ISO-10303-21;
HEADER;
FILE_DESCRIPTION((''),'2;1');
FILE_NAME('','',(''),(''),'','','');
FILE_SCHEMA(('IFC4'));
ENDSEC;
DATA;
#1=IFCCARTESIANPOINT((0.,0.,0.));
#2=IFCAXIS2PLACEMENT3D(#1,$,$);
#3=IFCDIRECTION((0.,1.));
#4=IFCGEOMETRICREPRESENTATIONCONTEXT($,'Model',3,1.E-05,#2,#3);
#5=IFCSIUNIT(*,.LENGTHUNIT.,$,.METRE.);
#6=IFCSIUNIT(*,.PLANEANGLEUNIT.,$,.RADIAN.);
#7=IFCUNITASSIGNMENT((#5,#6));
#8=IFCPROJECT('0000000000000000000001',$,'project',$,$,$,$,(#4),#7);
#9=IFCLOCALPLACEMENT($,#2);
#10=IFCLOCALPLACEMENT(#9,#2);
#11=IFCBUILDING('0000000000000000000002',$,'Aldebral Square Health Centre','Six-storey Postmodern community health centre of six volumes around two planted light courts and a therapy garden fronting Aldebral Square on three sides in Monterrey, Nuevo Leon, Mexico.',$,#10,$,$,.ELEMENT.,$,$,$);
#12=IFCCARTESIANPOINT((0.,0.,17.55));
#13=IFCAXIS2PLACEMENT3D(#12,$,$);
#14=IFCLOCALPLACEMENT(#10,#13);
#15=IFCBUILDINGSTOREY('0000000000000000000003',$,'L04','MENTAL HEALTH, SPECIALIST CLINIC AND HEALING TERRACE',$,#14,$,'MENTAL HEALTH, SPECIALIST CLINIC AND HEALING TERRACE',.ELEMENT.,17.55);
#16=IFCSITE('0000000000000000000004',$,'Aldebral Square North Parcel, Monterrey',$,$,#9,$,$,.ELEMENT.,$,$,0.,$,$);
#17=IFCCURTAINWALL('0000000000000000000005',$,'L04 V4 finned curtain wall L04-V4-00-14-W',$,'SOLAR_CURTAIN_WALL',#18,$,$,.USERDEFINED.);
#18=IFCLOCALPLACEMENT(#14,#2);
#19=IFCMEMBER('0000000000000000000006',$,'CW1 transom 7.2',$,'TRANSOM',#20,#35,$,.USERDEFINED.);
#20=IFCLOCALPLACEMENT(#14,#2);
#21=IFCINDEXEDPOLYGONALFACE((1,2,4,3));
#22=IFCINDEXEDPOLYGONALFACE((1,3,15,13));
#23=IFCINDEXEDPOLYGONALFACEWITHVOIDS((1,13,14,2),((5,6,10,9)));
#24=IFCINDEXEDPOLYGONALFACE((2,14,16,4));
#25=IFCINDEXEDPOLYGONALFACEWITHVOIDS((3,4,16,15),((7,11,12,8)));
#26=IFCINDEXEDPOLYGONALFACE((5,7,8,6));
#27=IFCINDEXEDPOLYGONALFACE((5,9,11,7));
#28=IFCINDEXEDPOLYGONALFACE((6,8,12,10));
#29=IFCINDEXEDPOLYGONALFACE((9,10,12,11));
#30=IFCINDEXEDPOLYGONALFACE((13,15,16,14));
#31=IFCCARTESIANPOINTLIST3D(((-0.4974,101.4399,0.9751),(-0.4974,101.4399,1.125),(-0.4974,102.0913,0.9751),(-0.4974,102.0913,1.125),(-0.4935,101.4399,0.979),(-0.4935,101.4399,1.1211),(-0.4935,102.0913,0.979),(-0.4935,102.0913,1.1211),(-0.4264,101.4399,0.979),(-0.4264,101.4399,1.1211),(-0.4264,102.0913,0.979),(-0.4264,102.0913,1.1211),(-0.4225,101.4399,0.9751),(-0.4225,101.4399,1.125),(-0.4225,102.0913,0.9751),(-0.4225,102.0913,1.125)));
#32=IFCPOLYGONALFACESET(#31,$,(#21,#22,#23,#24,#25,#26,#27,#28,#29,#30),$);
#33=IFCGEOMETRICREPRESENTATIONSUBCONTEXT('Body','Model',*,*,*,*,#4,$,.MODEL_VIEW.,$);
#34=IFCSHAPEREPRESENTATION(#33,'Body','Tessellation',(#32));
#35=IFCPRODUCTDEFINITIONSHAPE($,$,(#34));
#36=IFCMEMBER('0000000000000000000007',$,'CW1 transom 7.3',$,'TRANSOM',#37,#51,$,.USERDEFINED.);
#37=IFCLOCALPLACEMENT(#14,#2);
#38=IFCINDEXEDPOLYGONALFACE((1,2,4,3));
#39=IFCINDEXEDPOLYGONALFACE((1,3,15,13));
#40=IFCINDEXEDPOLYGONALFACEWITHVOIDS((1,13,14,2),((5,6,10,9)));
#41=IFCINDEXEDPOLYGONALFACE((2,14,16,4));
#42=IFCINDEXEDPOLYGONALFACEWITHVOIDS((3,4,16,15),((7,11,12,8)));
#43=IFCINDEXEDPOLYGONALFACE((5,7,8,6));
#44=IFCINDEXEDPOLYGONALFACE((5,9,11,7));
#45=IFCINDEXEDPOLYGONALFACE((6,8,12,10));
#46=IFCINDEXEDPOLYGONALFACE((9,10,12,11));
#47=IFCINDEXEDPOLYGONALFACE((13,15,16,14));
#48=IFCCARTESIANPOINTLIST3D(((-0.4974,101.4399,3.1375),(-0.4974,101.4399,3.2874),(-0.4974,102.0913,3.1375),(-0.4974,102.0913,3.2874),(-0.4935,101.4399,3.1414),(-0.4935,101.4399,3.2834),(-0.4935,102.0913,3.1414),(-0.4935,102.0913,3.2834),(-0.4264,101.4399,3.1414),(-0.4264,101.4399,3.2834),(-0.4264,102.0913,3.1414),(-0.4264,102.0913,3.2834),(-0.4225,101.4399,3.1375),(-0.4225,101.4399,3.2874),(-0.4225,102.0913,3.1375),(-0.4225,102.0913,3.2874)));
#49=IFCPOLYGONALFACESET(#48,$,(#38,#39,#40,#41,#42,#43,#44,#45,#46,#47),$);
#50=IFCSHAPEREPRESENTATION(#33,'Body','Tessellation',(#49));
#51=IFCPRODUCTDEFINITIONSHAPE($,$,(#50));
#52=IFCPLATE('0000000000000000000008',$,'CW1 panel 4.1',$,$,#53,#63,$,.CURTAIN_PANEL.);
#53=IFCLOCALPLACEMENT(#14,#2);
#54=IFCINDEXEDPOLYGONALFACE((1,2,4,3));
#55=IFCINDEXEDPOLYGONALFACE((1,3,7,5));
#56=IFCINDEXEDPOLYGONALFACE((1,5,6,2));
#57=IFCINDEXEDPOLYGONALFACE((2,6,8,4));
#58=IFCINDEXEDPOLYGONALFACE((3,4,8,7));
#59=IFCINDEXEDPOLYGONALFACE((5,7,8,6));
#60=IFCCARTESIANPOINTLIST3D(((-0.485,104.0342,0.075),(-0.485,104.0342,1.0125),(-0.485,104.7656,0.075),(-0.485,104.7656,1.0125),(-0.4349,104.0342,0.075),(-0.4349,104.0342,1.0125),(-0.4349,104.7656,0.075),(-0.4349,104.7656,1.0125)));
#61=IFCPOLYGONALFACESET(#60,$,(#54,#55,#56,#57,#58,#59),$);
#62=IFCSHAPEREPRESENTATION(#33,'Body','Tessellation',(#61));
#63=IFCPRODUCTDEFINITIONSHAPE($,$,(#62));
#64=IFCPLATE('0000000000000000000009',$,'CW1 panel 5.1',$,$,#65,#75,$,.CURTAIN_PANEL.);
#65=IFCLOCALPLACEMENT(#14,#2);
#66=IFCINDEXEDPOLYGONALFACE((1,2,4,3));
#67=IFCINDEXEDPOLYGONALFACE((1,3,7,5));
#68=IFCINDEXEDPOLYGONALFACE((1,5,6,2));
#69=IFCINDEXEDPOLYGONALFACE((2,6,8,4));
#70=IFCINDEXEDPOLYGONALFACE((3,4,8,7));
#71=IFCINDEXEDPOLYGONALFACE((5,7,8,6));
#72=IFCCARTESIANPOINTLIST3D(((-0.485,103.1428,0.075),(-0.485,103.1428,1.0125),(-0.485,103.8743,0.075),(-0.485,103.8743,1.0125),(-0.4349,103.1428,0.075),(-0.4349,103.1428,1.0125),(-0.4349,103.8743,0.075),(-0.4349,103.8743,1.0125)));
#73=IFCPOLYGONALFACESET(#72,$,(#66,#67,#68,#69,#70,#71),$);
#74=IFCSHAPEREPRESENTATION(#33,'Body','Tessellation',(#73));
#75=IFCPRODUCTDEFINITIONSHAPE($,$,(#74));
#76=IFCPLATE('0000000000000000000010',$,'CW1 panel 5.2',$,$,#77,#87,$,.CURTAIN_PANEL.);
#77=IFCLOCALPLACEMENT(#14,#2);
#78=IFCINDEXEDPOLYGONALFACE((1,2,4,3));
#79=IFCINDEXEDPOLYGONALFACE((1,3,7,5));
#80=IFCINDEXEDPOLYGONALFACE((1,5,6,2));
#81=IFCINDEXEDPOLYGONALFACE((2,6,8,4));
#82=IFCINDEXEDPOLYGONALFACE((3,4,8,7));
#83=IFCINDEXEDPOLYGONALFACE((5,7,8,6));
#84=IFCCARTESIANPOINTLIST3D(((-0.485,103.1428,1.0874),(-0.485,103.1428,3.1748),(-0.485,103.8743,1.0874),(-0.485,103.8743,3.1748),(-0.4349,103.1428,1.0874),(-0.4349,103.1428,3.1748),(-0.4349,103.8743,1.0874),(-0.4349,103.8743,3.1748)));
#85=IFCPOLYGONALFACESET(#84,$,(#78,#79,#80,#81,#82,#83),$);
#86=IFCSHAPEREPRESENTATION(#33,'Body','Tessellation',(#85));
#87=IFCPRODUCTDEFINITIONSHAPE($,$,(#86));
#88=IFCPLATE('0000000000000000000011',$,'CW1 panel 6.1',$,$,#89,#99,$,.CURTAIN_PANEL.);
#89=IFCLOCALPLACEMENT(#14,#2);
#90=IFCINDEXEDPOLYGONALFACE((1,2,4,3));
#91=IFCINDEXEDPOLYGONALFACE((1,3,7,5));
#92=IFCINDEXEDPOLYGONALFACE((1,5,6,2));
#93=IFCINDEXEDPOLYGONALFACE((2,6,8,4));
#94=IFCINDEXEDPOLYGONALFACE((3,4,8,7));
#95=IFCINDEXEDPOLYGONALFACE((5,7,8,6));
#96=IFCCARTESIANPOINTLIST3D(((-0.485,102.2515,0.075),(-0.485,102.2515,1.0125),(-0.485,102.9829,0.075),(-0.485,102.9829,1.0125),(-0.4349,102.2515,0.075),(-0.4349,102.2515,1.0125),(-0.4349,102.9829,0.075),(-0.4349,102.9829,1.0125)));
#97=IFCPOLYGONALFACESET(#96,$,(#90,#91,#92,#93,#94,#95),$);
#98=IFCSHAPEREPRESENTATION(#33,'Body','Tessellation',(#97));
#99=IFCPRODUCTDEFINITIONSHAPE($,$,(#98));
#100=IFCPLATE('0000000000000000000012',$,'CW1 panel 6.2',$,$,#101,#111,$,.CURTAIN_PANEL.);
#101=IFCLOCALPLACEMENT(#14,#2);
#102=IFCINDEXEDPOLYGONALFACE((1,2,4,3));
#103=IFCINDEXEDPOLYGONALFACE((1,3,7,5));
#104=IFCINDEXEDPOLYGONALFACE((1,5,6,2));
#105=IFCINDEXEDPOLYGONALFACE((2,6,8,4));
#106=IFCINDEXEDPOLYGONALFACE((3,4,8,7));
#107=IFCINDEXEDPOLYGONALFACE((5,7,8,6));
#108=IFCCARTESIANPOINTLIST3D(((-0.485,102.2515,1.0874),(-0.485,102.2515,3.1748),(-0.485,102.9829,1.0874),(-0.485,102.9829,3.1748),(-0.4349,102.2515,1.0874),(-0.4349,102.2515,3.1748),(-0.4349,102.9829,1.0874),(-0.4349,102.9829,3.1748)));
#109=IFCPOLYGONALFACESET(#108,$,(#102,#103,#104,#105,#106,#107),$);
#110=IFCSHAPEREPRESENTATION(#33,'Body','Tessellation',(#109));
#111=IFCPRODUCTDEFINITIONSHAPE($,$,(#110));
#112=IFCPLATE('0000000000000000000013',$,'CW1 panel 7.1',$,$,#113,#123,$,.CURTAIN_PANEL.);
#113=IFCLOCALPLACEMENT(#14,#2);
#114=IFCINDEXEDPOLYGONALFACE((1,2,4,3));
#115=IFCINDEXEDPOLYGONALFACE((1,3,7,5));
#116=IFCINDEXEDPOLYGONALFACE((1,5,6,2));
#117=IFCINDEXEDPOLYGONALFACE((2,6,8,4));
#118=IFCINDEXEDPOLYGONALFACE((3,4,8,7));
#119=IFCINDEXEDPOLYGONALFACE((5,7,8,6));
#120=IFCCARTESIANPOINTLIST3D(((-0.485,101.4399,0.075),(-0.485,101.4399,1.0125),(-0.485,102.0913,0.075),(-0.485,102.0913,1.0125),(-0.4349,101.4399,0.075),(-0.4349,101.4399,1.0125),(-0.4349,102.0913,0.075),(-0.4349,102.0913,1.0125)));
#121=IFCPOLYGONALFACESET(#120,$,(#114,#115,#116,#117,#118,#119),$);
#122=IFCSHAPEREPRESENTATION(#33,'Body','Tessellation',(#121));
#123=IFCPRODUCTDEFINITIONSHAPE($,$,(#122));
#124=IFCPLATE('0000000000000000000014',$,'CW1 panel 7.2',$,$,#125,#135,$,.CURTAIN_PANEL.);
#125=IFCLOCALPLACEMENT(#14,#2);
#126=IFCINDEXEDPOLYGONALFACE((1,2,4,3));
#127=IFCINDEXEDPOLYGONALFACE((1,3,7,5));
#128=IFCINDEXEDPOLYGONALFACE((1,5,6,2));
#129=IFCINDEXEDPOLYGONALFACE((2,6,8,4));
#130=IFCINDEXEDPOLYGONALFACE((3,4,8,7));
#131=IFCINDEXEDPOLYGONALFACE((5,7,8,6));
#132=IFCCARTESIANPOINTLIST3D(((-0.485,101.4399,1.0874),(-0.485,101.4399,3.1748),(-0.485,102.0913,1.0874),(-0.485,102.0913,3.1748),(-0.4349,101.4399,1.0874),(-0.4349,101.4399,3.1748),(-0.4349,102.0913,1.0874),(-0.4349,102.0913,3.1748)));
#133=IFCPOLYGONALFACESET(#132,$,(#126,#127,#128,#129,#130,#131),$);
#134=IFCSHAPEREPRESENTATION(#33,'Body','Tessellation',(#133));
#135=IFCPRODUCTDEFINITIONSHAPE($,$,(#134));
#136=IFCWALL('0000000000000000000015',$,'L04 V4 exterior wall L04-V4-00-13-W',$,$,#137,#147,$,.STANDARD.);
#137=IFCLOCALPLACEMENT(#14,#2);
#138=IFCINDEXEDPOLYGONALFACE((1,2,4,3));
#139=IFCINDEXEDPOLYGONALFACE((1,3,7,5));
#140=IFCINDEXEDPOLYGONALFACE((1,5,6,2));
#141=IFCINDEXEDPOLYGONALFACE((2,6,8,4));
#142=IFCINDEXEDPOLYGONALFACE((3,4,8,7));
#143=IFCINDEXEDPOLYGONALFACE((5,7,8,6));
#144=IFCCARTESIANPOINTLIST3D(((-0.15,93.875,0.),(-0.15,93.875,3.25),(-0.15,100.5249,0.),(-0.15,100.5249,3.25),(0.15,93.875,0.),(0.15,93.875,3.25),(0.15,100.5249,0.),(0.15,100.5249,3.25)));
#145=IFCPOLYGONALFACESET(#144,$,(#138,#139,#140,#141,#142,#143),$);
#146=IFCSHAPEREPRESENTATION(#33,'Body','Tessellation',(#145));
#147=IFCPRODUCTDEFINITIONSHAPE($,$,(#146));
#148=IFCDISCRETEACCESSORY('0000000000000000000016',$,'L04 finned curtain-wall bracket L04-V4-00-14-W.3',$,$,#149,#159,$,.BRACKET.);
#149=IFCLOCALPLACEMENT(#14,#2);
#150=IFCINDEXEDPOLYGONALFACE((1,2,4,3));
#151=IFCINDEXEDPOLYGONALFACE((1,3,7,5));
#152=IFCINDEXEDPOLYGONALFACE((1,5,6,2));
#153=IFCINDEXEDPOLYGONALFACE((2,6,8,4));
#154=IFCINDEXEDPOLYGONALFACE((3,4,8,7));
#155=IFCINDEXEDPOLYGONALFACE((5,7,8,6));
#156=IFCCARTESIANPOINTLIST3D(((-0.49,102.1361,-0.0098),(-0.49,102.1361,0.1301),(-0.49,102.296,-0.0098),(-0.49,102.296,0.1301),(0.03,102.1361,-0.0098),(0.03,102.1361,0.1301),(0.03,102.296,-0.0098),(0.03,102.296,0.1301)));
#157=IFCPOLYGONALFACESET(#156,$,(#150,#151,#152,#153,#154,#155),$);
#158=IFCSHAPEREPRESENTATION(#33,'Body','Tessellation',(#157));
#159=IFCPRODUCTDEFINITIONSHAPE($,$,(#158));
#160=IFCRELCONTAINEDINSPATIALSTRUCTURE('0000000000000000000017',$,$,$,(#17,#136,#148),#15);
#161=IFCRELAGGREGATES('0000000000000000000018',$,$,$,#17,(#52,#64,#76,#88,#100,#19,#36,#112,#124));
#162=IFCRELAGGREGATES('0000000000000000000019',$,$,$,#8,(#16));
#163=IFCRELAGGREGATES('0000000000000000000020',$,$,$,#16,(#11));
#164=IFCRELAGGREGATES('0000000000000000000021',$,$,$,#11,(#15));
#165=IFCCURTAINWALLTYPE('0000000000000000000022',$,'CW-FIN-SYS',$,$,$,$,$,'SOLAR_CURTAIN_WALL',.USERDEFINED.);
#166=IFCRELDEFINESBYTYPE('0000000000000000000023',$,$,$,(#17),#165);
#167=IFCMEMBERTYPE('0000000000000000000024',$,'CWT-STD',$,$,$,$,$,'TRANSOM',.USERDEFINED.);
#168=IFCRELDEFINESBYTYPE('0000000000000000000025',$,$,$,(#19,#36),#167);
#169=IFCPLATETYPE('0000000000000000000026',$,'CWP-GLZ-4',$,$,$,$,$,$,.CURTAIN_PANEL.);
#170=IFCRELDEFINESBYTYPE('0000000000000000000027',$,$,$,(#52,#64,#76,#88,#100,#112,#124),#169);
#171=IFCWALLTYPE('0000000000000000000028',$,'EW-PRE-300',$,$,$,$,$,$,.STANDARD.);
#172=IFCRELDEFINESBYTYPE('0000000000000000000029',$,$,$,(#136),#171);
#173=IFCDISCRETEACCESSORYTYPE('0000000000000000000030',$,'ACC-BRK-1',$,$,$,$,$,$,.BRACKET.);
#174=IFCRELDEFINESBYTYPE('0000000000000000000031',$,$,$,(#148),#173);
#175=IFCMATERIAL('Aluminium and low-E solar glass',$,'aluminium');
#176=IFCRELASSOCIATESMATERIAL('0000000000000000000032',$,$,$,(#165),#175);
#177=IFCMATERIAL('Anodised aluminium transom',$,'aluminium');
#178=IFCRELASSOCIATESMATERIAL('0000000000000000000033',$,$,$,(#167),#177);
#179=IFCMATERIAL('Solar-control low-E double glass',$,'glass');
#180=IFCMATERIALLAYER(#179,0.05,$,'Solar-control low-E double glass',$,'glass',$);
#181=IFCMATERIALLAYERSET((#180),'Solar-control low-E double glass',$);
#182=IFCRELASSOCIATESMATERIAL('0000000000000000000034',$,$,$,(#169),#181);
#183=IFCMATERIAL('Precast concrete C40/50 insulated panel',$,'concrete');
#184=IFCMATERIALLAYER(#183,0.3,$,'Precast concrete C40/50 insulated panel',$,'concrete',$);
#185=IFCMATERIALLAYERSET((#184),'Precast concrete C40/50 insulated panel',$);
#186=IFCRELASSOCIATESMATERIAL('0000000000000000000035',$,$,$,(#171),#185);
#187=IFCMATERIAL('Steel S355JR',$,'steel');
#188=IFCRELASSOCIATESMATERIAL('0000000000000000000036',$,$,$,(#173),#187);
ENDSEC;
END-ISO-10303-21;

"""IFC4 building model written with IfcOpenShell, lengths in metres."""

from ifc_helpers import new_model, si_unit, direction, frame, frame_2d, origin, origin_2d, place, context, subcontext, project, spatial, rectangle, hollow_rectangle, extrude, material, layer, layer_set, material_profile, profile_set, type_object, element, aggregate, save


model = new_model("IFC4")

# Units and contexts
model_context = context("Model", 3, precision=1e-05, world=origin(), true_north=direction((0.0, 1.0)))
body_context = subcontext(model_context, "Body", "Model", "MODEL_VIEW")
ifc_project = project(units=[si_unit("LENGTHUNIT", "METRE"), si_unit("PLANEANGLEUNIT", "RADIAN")], contexts=[model_context])

# Site, building, storey
site_placement = place(None, origin())
site = spatial("IfcSite", under=ifc_project, at=site_placement, Name="Aldebral Square North Parcel, Monterrey", CompositionType="ELEMENT", RefElevation=0.0)
building_placement = place(site_placement, origin())
building = spatial("IfcBuilding", under=site, at=building_placement, Name="Aldebral Square Health Centre", Description="Six-storey Postmodern community health centre of six volumes around two planted light courts and a therapy garden fronting Aldebral Square on three sides in Monterrey, Nuevo Leon, Mexico.", CompositionType="ELEMENT")
storey_placement = place(building_placement, frame((0.0, 0.0, 17.55)))
storey = spatial("IfcBuildingStorey", under=building, at=storey_placement, Name="L04", Description="MENTAL HEALTH, SPECIALIST CLINIC AND HEALING TERRACE", LongName="MENTAL HEALTH, SPECIALIST CLINIC AND HEALING TERRACE", CompositionType="ELEMENT", Elevation=17.55)

# Curtain wall, members, plates
ifc_material_1 = material(Name="Aluminium and low-E solar glass", Category="aluminium")
curtain_wall_type = type_object("IfcCurtainWallType", Name="CW-FIN-SYS", ElementType="SOLAR_CURTAIN_WALL", PredefinedType="USERDEFINED", material=ifc_material_1)
curtain_wall_placement = place(storey_placement, origin())
curtain_wall = element("IfcCurtainWall", 1, at=curtain_wall_placement, inside=storey, type_object=curtain_wall_type, Name="L04 V4 finned curtain wall L04-V4-00-14-W", ObjectType="SOLAR_CURTAIN_WALL", PredefinedType="USERDEFINED")
ifc_material_2 = material(Name="Anodised aluminium transom", Category="aluminium")
ifc_material_profile_1 = material_profile(ifc_material_2, hollow_rectangle(XDim=0.075, YDim=0.1499, WallThickness=0.0039, at=origin_2d()), Name="CWT 75x150x4")
ifc_profile_set_1 = profile_set([ifc_material_profile_1], Name="Anodised aluminium transom")
member_type_1 = type_object("IfcMemberType", Name="CWT-STD", ElementType="TRANSOM", PredefinedType="USERDEFINED", material=ifc_profile_set_1)
member_1_placement = place(storey_placement, frame((-0.46, 102.0913, 1.05), z_axis=(0.0, -1.0, 0.0), x_axis=(1.0, 0.0, 0.0)))
member_1 = element("IfcMember", 2, at=member_1_placement, type_object=member_type_1, Name="CW1 transom 7.2", ObjectType="TRANSOM", PredefinedType="USERDEFINED", context=body_context, shape_type="SweptSolid", body=[
    extrude(hollow_rectangle(XDim=0.075, YDim=0.1499, WallThickness=0.0039, at=origin_2d()), origin(), (0.0, 0.0, 1.0), 0.6514),
])
member_2_placement = place(storey_placement, frame((-0.46, 102.0913, 3.2124), z_axis=(0.0, -1.0, 0.0), x_axis=(1.0, 0.0, 0.0)))
member_2 = element("IfcMember", 3, at=member_2_placement, type_object=member_type_1, Name="CW1 transom 7.3", ObjectType="TRANSOM", PredefinedType="USERDEFINED", context=body_context, shape_type="SweptSolid", body=[
    extrude(hollow_rectangle(XDim=0.075, YDim=0.1499, WallThickness=0.0039, at=origin_2d()), origin(), (0.0, 0.0, 1.0), 0.6514),
])
ifc_material_3 = material(Name="Solar-control low-E double glass", Category="glass")
ifc_layer_1 = layer(ifc_material_3, 0.05, Name="Solar-control low-E double glass", Category="glass")
ifc_layer_set_1 = layer_set([ifc_layer_1], Name="Solar-control low-E double glass")
plate_type = type_object("IfcPlateType", Name="CWP-GLZ-4", PredefinedType="CURTAIN_PANEL", material=ifc_layer_set_1)
plate_1_placement = place(storey_placement, frame((-0.46, 104.3999, 0.075), z_axis=(0.0, 0.0, 1.0), x_axis=(0.0, -1.0, 0.0)))
plate_1 = element("IfcPlate", 4, at=plate_1_placement, type_object=plate_type, Name="CW1 panel 4.1", PredefinedType="CURTAIN_PANEL", context=body_context, shape_type="SweptSolid", body=[
    extrude(rectangle(XDim=0.7314, YDim=0.05, at=origin_2d()), origin(), (0.0, 0.0, 1.0), 0.9375),
])
plate_2_placement = place(storey_placement, frame((-0.46, 103.5085, 0.075), z_axis=(0.0, 0.0, 1.0), x_axis=(0.0, -1.0, 0.0)))
plate_2 = element("IfcPlate", 5, at=plate_2_placement, type_object=plate_type, Name="CW1 panel 5.1", PredefinedType="CURTAIN_PANEL", context=body_context, shape_type="SweptSolid", body=[
    extrude(rectangle(XDim=0.7314, YDim=0.05, at=origin_2d()), origin(), (0.0, 0.0, 1.0), 0.9375),
])
plate_3_placement = place(storey_placement, frame((-0.46, 103.5085, 1.0874), z_axis=(0.0, 0.0, 1.0), x_axis=(0.0, -1.0, 0.0)))
plate_3 = element("IfcPlate", 6, at=plate_3_placement, type_object=plate_type, Name="CW1 panel 5.2", PredefinedType="CURTAIN_PANEL", context=body_context, shape_type="SweptSolid", body=[
    extrude(rectangle(XDim=0.7314, YDim=0.05, at=origin_2d()), origin(), (0.0, 0.0, 1.0), 2.0874),
])
plate_4_placement = place(storey_placement, frame((-0.46, 102.6172, 0.075), z_axis=(0.0, 0.0, 1.0), x_axis=(0.0, -1.0, 0.0)))
plate_4 = element("IfcPlate", 7, at=plate_4_placement, type_object=plate_type, Name="CW1 panel 6.1", PredefinedType="CURTAIN_PANEL", context=body_context, shape_type="SweptSolid", body=[
    extrude(rectangle(XDim=0.7314, YDim=0.05, at=origin_2d()), origin(), (0.0, 0.0, 1.0), 0.9375),
])
plate_5_placement = place(storey_placement, frame((-0.46, 102.6172, 1.0874), z_axis=(0.0, 0.0, 1.0), x_axis=(0.0, -1.0, 0.0)))
plate_5 = element("IfcPlate", 8, at=plate_5_placement, type_object=plate_type, Name="CW1 panel 6.2", PredefinedType="CURTAIN_PANEL", context=body_context, shape_type="SweptSolid", body=[
    extrude(rectangle(XDim=0.7314, YDim=0.05, at=origin_2d()), origin(), (0.0, 0.0, 1.0), 2.0874),
])
plate_6_placement = place(storey_placement, frame((-0.46, 101.7656, 0.075), z_axis=(0.0, 0.0, 1.0), x_axis=(0.0, -1.0, 0.0)))
plate_6 = element("IfcPlate", 9, at=plate_6_placement, type_object=plate_type, Name="CW1 panel 7.1", PredefinedType="CURTAIN_PANEL", context=body_context, shape_type="SweptSolid", body=[
    extrude(rectangle(XDim=0.6514, YDim=0.05, at=origin_2d()), origin(), (0.0, 0.0, 1.0), 0.9375),
])
plate_7_placement = place(storey_placement, frame((-0.46, 101.7656, 1.0874), z_axis=(0.0, 0.0, 1.0), x_axis=(0.0, -1.0, 0.0)))
plate_7 = element("IfcPlate", 10, at=plate_7_placement, type_object=plate_type, Name="CW1 panel 7.2", PredefinedType="CURTAIN_PANEL", context=body_context, shape_type="SweptSolid", body=[
    extrude(rectangle(XDim=0.6514, YDim=0.05, at=origin_2d()), origin(), (0.0, 0.0, 1.0), 2.0874),
])
aggregate(curtain_wall, [plate_1, plate_2, plate_3, plate_4, plate_5, member_1, member_2, plate_6, plate_7])

# Wall
ifc_material_4 = material(Name="Precast concrete C40/50 insulated panel", Category="concrete")
ifc_layer_2 = layer(ifc_material_4, 0.3, Name="Precast concrete C40/50 insulated panel", Category="concrete")
ifc_layer_set_2 = layer_set([ifc_layer_2], Name="Precast concrete C40/50 insulated panel")
wall_type = type_object("IfcWallType", Name="EW-PRE-300", PredefinedType="STANDARD", material=ifc_layer_set_2)
wall_placement = place(storey_placement, frame((0.0, 100.5249, 0.0), z_axis=(0.0, 0.0, 1.0), x_axis=(0.0, -1.0, 0.0)))
element("IfcWall", 11, at=wall_placement, inside=storey, type_object=wall_type, Name="L04 V4 exterior wall L04-V4-00-13-W", PredefinedType="STANDARD", context=body_context, shape_type="SweptSolid", body=[
    extrude(rectangle(XDim=6.6499, YDim=0.3, at=frame_2d((3.325, 0.0))), origin(), (0.0, 0.0, 1.0), 3.25),
])

# Discrete accessory
ifc_material_5 = material(Name="Steel S355JR", Category="steel")
discrete_accessory_type = type_object("IfcDiscreteAccessoryType", Name="ACC-BRK-1", PredefinedType="BRACKET", material=ifc_material_5)
discrete_accessory_placement = place(storey_placement, frame((-0.23, 102.2161, -0.0098), z_axis=(0.0, 0.0, 1.0), x_axis=(0.0, 1.0, 0.0)))
element("IfcDiscreteAccessory", 12, at=discrete_accessory_placement, inside=storey, type_object=discrete_accessory_type, Name="L04 finned curtain-wall bracket L04-V4-00-14-W.3", PredefinedType="BRACKET", context=body_context, shape_type="SweptSolid", body=[
    extrude(rectangle(XDim=0.1599, YDim=0.52, at=origin_2d()), origin(), (0.0, 0.0, 1.0), 0.1399),
])

save(model, "model.ifc")
